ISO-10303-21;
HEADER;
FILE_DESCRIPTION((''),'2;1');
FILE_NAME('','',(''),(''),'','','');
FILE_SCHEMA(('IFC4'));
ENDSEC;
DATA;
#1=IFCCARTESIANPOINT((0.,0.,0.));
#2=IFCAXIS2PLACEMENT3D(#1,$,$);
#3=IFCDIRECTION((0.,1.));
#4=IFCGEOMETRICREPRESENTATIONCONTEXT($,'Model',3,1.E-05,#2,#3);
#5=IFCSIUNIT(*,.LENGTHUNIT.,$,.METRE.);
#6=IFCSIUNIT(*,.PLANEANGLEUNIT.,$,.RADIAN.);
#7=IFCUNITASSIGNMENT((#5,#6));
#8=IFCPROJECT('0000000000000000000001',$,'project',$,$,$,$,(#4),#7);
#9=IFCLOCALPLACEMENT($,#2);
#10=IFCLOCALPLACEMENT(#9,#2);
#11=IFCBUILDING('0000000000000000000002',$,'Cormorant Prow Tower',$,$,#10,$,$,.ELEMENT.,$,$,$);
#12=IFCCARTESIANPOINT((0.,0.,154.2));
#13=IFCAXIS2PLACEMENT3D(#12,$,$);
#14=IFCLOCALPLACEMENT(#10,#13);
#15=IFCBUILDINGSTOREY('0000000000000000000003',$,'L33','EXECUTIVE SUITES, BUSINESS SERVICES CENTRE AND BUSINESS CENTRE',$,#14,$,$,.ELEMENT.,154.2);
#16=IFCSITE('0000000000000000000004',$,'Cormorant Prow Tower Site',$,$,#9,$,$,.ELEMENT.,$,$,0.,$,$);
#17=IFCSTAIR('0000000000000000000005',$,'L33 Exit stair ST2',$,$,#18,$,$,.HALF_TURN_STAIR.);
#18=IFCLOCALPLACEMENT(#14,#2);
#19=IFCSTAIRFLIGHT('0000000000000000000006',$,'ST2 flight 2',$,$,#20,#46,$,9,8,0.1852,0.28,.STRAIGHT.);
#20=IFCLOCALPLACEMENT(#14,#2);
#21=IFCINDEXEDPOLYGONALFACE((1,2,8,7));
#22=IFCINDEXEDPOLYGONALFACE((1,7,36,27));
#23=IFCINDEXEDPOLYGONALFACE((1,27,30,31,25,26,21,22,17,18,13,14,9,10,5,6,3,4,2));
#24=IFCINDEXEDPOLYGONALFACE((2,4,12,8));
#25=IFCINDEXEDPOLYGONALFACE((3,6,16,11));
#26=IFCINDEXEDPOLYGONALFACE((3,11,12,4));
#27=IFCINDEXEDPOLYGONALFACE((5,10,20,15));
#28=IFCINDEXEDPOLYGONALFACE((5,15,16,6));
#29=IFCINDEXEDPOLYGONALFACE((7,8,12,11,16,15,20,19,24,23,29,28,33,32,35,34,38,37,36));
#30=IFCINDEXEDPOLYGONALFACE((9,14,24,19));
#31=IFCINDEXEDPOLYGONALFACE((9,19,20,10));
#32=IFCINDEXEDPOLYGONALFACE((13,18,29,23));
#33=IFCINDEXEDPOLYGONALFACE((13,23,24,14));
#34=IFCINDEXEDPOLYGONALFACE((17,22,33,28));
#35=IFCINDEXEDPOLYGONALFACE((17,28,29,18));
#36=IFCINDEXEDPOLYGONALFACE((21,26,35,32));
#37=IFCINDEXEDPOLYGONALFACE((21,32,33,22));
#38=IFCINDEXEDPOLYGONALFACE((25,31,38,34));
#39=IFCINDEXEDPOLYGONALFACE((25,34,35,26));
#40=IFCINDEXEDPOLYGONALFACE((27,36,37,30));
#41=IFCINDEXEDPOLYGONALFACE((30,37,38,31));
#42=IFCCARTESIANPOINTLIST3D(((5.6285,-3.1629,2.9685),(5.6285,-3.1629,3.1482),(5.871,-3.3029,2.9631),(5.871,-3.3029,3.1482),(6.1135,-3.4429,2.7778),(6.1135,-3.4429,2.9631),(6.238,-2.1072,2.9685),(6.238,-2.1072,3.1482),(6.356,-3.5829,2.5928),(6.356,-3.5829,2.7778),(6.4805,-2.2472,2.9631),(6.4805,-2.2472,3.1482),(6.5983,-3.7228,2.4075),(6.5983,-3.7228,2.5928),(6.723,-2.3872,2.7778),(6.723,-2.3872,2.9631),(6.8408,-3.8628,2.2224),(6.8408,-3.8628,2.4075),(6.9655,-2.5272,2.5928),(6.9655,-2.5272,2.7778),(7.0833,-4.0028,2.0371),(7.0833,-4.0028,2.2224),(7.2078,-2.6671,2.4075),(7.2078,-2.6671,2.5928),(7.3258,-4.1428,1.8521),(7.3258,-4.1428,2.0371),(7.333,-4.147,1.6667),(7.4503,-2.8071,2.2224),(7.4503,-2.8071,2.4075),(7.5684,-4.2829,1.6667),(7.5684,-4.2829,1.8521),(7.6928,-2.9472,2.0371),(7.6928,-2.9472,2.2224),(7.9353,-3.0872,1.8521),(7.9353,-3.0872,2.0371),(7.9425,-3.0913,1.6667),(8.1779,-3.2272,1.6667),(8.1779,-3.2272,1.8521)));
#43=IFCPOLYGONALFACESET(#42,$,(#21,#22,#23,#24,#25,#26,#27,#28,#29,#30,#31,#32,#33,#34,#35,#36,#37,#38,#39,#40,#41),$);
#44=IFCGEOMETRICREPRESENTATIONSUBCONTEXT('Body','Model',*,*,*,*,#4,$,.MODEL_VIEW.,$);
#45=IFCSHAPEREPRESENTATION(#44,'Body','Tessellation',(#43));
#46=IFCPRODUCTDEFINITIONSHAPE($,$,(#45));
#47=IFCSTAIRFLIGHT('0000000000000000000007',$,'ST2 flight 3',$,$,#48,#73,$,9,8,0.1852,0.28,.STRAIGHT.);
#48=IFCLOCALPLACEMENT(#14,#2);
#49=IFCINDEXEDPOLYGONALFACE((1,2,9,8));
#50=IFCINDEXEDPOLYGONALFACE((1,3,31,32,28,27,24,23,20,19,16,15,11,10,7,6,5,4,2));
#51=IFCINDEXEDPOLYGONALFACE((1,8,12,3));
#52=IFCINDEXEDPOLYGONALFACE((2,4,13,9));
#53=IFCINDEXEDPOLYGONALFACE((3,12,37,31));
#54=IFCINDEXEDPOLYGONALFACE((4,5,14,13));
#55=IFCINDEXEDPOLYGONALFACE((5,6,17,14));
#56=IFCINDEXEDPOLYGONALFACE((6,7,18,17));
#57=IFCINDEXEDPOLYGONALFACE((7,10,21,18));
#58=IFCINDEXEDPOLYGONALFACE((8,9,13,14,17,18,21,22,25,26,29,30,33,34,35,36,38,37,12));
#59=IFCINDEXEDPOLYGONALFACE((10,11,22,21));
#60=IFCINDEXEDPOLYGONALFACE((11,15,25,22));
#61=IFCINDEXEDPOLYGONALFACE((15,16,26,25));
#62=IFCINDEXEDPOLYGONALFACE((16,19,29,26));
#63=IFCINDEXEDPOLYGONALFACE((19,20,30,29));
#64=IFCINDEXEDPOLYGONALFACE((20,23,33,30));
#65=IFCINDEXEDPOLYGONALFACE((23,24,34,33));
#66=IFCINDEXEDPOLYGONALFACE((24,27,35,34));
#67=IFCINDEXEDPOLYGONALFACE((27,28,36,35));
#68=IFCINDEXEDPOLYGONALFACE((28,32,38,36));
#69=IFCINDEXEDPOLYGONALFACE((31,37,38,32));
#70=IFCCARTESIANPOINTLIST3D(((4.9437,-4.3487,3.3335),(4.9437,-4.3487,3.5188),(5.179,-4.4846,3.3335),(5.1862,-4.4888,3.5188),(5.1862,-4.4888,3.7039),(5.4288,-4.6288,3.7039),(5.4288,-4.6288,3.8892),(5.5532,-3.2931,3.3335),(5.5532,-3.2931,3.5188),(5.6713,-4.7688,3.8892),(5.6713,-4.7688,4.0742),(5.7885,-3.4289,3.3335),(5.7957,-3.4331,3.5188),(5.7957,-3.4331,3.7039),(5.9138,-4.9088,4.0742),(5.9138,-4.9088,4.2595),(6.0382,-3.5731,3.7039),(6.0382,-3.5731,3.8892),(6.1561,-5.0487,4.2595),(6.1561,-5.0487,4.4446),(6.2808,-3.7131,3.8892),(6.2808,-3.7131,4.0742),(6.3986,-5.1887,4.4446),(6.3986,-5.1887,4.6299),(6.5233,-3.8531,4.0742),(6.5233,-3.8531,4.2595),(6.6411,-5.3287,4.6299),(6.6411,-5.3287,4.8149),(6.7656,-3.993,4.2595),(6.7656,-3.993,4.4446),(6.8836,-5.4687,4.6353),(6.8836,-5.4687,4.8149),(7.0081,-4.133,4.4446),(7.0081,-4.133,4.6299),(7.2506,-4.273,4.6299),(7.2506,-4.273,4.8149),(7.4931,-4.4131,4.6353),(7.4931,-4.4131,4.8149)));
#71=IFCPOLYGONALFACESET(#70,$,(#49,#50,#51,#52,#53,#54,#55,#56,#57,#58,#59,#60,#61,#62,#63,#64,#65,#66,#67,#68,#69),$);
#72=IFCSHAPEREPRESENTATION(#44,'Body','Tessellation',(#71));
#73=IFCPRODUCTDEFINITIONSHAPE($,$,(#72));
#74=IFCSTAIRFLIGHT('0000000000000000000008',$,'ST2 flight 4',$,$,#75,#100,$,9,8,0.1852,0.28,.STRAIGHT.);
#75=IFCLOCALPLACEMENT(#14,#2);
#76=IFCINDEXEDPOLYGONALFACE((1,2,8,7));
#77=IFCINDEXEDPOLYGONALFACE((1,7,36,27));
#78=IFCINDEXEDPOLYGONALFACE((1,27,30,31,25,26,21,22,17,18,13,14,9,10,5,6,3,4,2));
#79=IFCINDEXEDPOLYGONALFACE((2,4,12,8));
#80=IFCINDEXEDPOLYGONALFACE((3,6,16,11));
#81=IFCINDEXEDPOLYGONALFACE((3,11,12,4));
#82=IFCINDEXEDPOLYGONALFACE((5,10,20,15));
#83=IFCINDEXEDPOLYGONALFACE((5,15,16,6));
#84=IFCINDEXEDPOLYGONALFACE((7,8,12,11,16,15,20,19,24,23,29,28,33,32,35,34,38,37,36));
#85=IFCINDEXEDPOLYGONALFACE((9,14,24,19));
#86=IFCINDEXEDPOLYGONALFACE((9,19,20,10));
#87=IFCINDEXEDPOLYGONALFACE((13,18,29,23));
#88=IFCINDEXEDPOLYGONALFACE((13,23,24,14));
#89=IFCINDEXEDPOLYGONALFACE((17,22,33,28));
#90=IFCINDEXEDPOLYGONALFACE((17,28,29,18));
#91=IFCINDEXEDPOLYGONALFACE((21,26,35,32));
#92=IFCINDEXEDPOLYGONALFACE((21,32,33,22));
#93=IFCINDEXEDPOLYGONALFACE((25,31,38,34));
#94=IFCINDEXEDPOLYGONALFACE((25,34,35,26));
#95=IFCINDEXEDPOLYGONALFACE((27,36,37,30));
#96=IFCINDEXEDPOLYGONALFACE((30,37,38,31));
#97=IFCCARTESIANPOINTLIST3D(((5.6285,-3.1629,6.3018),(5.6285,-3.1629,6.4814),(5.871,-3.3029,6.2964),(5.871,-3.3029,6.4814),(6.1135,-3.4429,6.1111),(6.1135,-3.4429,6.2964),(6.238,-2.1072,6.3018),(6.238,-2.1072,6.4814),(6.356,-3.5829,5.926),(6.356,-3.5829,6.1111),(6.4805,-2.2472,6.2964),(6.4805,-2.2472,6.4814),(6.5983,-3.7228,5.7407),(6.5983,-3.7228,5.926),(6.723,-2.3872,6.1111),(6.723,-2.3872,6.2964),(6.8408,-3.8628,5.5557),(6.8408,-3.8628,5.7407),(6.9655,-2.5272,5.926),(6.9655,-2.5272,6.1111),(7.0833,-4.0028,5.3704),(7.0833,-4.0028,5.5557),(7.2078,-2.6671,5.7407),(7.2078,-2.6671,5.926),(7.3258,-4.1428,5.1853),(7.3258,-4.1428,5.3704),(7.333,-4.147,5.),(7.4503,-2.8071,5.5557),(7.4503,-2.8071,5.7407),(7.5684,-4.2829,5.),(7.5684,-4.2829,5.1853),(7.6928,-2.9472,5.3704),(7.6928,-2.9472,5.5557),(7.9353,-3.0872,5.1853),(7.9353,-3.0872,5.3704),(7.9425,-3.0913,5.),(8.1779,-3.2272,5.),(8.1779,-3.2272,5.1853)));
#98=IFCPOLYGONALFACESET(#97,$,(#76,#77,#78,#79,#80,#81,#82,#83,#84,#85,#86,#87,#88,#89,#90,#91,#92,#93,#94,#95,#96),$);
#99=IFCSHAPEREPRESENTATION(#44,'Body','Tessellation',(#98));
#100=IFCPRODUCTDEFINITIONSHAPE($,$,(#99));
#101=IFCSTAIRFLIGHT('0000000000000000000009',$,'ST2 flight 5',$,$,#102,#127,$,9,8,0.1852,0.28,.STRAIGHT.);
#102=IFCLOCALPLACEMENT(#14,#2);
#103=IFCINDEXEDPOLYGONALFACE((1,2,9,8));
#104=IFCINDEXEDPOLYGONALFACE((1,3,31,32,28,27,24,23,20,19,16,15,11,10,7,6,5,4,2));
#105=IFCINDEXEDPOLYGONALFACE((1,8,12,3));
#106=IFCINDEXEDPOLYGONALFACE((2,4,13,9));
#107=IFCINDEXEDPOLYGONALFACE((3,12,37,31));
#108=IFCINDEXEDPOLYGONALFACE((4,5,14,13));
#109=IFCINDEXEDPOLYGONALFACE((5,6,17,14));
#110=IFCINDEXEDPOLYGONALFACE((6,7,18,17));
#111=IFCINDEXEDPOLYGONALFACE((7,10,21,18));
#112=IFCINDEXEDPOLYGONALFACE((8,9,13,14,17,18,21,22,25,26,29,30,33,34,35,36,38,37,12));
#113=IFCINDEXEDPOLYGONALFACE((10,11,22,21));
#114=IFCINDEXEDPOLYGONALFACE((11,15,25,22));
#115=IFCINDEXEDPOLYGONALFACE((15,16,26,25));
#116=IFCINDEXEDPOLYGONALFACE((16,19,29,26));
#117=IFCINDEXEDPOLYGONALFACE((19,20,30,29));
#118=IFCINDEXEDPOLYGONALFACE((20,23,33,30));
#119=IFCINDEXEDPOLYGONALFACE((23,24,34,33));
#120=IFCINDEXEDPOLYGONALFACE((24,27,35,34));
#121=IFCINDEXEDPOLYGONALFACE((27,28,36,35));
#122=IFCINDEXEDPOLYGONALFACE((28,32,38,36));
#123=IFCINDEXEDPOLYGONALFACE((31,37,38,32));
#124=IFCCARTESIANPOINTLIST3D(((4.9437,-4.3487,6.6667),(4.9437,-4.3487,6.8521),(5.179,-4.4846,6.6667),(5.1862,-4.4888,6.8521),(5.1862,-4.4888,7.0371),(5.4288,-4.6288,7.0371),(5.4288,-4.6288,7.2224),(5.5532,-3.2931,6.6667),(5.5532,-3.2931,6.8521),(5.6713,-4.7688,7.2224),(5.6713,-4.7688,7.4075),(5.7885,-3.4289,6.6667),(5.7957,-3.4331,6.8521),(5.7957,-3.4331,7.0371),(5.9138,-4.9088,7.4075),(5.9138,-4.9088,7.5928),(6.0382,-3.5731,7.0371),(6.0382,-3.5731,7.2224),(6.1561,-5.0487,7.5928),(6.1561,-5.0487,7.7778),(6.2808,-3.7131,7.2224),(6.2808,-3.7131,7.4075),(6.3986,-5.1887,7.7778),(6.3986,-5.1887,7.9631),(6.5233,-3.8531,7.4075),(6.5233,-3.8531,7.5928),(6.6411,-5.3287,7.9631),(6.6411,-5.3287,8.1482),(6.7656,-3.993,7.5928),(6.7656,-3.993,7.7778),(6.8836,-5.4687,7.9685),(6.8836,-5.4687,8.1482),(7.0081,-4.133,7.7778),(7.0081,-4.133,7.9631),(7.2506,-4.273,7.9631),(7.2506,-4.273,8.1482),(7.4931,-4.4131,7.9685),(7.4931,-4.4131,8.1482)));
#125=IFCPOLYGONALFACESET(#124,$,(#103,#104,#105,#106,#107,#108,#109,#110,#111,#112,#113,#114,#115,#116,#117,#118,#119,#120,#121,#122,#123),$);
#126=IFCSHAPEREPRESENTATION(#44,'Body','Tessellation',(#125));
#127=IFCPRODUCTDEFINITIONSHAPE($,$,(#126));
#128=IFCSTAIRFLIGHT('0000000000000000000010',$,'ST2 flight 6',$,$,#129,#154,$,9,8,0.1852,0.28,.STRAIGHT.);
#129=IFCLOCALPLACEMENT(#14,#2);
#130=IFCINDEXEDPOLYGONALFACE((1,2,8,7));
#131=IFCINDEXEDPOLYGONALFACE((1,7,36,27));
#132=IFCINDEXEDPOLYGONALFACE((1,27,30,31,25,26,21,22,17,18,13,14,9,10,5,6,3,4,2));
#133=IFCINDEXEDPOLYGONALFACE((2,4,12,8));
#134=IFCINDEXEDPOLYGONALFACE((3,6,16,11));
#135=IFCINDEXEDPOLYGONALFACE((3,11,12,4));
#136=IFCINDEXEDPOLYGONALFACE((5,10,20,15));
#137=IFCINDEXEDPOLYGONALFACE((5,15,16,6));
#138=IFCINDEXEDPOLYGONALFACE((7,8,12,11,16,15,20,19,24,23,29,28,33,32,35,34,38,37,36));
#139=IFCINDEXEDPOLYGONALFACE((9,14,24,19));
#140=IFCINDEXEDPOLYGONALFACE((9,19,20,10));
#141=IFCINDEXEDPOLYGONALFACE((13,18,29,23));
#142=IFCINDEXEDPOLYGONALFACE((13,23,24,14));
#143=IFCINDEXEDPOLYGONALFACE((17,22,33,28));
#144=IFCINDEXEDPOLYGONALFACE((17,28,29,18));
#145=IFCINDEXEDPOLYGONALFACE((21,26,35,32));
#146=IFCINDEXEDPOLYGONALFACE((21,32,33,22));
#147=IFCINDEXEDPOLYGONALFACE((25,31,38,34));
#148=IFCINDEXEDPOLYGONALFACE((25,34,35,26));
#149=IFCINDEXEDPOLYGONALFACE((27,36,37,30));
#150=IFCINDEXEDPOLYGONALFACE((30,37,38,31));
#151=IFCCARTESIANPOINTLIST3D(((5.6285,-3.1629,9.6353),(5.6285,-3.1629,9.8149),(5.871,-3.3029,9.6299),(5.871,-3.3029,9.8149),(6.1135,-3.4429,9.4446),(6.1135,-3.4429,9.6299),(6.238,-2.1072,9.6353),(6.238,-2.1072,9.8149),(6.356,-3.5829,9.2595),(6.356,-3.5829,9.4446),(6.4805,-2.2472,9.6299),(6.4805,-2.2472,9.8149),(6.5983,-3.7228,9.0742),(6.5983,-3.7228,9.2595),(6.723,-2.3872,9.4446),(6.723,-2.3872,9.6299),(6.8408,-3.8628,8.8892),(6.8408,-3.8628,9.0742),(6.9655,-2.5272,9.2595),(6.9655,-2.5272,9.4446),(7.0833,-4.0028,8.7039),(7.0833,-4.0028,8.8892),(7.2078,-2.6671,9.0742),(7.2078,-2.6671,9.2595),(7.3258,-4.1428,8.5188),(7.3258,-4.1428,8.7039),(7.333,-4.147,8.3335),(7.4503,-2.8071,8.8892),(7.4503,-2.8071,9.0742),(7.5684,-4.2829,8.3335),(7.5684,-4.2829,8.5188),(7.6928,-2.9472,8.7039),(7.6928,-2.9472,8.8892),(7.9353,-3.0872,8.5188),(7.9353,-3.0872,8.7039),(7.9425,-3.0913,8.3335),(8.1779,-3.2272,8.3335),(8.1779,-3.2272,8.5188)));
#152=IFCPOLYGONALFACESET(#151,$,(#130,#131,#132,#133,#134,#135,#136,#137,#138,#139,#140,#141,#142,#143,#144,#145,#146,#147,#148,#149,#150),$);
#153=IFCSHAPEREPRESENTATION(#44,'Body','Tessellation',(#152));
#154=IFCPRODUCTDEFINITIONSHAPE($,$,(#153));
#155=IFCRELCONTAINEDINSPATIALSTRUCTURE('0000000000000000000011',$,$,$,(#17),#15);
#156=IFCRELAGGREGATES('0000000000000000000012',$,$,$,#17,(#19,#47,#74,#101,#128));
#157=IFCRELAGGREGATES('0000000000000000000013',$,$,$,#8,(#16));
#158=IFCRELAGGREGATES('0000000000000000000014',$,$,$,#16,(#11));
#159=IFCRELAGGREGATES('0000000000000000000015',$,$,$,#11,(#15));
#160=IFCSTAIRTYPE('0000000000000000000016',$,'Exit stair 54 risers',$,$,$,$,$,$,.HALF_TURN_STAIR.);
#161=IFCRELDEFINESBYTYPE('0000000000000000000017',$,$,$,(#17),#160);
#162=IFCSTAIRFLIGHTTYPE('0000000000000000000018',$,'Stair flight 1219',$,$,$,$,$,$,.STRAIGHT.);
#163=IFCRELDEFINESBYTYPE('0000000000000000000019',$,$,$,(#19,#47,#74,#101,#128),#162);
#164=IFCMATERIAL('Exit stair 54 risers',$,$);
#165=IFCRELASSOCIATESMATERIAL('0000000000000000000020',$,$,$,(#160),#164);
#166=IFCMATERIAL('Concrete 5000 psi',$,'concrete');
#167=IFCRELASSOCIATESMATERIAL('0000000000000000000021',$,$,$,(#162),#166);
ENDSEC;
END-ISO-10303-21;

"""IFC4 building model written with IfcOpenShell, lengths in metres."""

from ifc_helpers import new_model, si_unit, direction, frame, origin, place, context, subcontext, project, spatial, polyline, outline, extrude, material, type_object, element, aggregate, save


model = new_model("IFC4")

# Units and contexts
model_context = context("Model", 3, precision=1e-05, world=origin(), true_north=direction((0.0, 1.0)))
body_context = subcontext(model_context, "Body", "Model", "MODEL_VIEW")
ifc_project = project(units=[si_unit("LENGTHUNIT", "METRE"), si_unit("PLANEANGLEUNIT", "RADIAN")], contexts=[model_context])

# Site, building, storey
site_placement = place(None, origin())
site = spatial("IfcSite", under=ifc_project, at=site_placement, Name="Cormorant Prow Tower Site", CompositionType="ELEMENT", RefElevation=0.0)
building_placement = place(site_placement, origin())
building = spatial("IfcBuilding", under=site, at=building_placement, Name="Cormorant Prow Tower", CompositionType="ELEMENT")
storey_placement = place(building_placement, frame((0.0, 0.0, 154.2)))
storey = spatial("IfcBuildingStorey", under=building, at=storey_placement, Name="L33", Description="EXECUTIVE SUITES, BUSINESS SERVICES CENTRE AND BUSINESS CENTRE", CompositionType="ELEMENT", Elevation=154.2)

# Stair
ifc_material_1 = material(Name="Exit stair 54 risers")
stair_type = type_object("IfcStairType", Name="Exit stair 54 risers", PredefinedType="HALF_TURN_STAIR", material=ifc_material_1)
stair_1_placement = place(storey_placement, origin())
stair_1 = element("IfcStair", 1, at=stair_1_placement, inside=storey, type_object=stair_type, Name="L33 Exit stair ST2", PredefinedType="HALF_TURN_STAIR")

# Stair flights
ifc_material_2 = material(Name="Concrete 5000 psi", Category="concrete")
stair_flight_type = type_object("IfcStairFlightType", Name="Stair flight 1219", PredefinedType="STRAIGHT", material=ifc_material_2)
stair_flight_1_placement = place(storey_placement, frame((7.873, -3.7551, 1.6667), z_axis=(0.0, 0.0, 1.0), x_axis=(-0.866025, 0.5, 0.0)))
stair_flight_1 = element("IfcStairFlight", 2, at=stair_flight_1_placement, type_object=stair_flight_type, Name="ST2 flight 2", NumberOfRisers=9, NumberOfTreads=8, PredefinedType="STRAIGHT", RiserHeight=0.1852, TreadLength=0.28, context=body_context, shape_type="SweptSolid", body=[
    extrude(outline(polyline([(0.0, 0.0), (0.0, 0.1853), (0.28, 0.1853), (0.28, 0.3704), (0.5601, 0.3704), (0.5601, 0.5557), (0.8401, 0.5557), (0.8401, 0.7407), (1.1201, 0.7407), (1.1201, 0.926), (1.3999, 0.926), (1.3999, 1.1111), (1.6799, 1.1111), (1.6799, 1.2964), (1.96, 1.2964), (1.96, 1.4814), (2.24, 1.4814), (2.24, 1.6667), (2.24, 1.3018), (0.2717, 0.0), (0.0, 0.0)])), frame((0.0, 0.6094, 0.0), z_axis=(0.0, -1.0, 0.0), x_axis=(1.0, 0.0, 0.0)), (0.0, 0.0, 1.0), 1.219),
])
stair_flight_2_placement = place(storey_placement, frame((5.2485, -3.8208, 3.3335), z_axis=(0.0, 0.0, 1.0), x_axis=(0.866025, -0.5, 0.0)))
stair_flight_2 = element("IfcStairFlight", 3, at=stair_flight_2_placement, type_object=stair_flight_type, Name="ST2 flight 3", NumberOfRisers=9, NumberOfTreads=8, PredefinedType="STRAIGHT", RiserHeight=0.1852, TreadLength=0.28, context=body_context, shape_type="SweptSolid", body=[
    extrude(outline(polyline([(0.0, 0.0), (0.0, 0.1853), (0.28, 0.1853), (0.28, 0.3704), (0.5601, 0.3704), (0.5601, 0.5557), (0.8401, 0.5557), (0.8401, 0.7407), (1.1201, 0.7407), (1.1201, 0.926), (1.3999, 0.926), (1.3999, 1.1111), (1.6799, 1.1111), (1.6799, 1.2964), (1.96, 1.2964), (1.96, 1.4814), (2.24, 1.4814), (2.24, 1.6667), (2.24, 1.3018), (0.2717, 0.0), (0.0, 0.0)])), frame((0.0, 0.6094, 0.0), z_axis=(0.0, -1.0, 0.0), x_axis=(1.0, 0.0, 0.0)), (0.0, 0.0, 1.0), 1.219),
])
stair_flight_3_placement = place(storey_placement, frame((7.873, -3.7551, 5.0), z_axis=(0.0, 0.0, 1.0), x_axis=(-0.866025, 0.5, 0.0)))
stair_flight_3 = element("IfcStairFlight", 4, at=stair_flight_3_placement, type_object=stair_flight_type, Name="ST2 flight 4", NumberOfRisers=9, NumberOfTreads=8, PredefinedType="STRAIGHT", RiserHeight=0.1852, TreadLength=0.28, context=body_context, shape_type="SweptSolid", body=[
    extrude(outline(polyline([(0.0, 0.0), (0.0, 0.1853), (0.28, 0.1853), (0.28, 0.3704), (0.5601, 0.3704), (0.5601, 0.5557), (0.8401, 0.5557), (0.8401, 0.7407), (1.1201, 0.7407), (1.1201, 0.926), (1.3999, 0.926), (1.3999, 1.1111), (1.6799, 1.1111), (1.6799, 1.2964), (1.96, 1.2964), (1.96, 1.4814), (2.24, 1.4814), (2.24, 1.6667), (2.24, 1.3018), (0.2717, 0.0), (0.0, 0.0)])), frame((0.0, 0.6094, 0.0), z_axis=(0.0, -1.0, 0.0), x_axis=(1.0, 0.0, 0.0)), (0.0, 0.0, 1.0), 1.219),
])
stair_flight_4_placement = place(storey_placement, frame((5.2485, -3.8208, 6.6667), z_axis=(0.0, 0.0, 1.0), x_axis=(0.866025, -0.5, 0.0)))
stair_flight_4 = element("IfcStairFlight", 5, at=stair_flight_4_placement, type_object=stair_flight_type, Name="ST2 flight 5", NumberOfRisers=9, NumberOfTreads=8, PredefinedType="STRAIGHT", RiserHeight=0.1852, TreadLength=0.28, context=body_context, shape_type="SweptSolid", body=[
    extrude(outline(polyline([(0.0, 0.0), (0.0, 0.1853), (0.28, 0.1853), (0.28, 0.3704), (0.5601, 0.3704), (0.5601, 0.5557), (0.8401, 0.5557), (0.8401, 0.7407), (1.1201, 0.7407), (1.1201, 0.926), (1.3999, 0.926), (1.3999, 1.1111), (1.6799, 1.1111), (1.6799, 1.2964), (1.96, 1.2964), (1.96, 1.4814), (2.24, 1.4814), (2.24, 1.6667), (2.24, 1.3018), (0.2717, 0.0), (0.0, 0.0)])), frame((0.0, 0.6094, 0.0), z_axis=(0.0, -1.0, 0.0), x_axis=(1.0, 0.0, 0.0)), (0.0, 0.0, 1.0), 1.219),
])
stair_flight_5_placement = place(storey_placement, frame((7.873, -3.7551, 8.3335), z_axis=(0.0, 0.0, 1.0), x_axis=(-0.866025, 0.5, 0.0)))
stair_flight_5 = element("IfcStairFlight", 6, at=stair_flight_5_placement, type_object=stair_flight_type, Name="ST2 flight 6", NumberOfRisers=9, NumberOfTreads=8, PredefinedType="STRAIGHT", RiserHeight=0.1852, TreadLength=0.28, context=body_context, shape_type="SweptSolid", body=[
    extrude(outline(polyline([(0.0, 0.0), (0.0, 0.1853), (0.28, 0.1853), (0.28, 0.3704), (0.5601, 0.3704), (0.5601, 0.5557), (0.8401, 0.5557), (0.8401, 0.7407), (1.1201, 0.7407), (1.1201, 0.926), (1.3999, 0.926), (1.3999, 1.1111), (1.6799, 1.1111), (1.6799, 1.2964), (1.96, 1.2964), (1.96, 1.4814), (2.24, 1.4814), (2.24, 1.6667), (2.24, 1.3018), (0.2717, 0.0), (0.0, 0.0)])), frame((0.0, 0.6094, 0.0), z_axis=(0.0, -1.0, 0.0), x_axis=(1.0, 0.0, 0.0)), (0.0, 0.0, 1.0), 1.219),
])
aggregate(stair_1, [stair_flight_1, stair_flight_2, stair_flight_3, stair_flight_4, stair_flight_5])

save(model, "model.ifc")
